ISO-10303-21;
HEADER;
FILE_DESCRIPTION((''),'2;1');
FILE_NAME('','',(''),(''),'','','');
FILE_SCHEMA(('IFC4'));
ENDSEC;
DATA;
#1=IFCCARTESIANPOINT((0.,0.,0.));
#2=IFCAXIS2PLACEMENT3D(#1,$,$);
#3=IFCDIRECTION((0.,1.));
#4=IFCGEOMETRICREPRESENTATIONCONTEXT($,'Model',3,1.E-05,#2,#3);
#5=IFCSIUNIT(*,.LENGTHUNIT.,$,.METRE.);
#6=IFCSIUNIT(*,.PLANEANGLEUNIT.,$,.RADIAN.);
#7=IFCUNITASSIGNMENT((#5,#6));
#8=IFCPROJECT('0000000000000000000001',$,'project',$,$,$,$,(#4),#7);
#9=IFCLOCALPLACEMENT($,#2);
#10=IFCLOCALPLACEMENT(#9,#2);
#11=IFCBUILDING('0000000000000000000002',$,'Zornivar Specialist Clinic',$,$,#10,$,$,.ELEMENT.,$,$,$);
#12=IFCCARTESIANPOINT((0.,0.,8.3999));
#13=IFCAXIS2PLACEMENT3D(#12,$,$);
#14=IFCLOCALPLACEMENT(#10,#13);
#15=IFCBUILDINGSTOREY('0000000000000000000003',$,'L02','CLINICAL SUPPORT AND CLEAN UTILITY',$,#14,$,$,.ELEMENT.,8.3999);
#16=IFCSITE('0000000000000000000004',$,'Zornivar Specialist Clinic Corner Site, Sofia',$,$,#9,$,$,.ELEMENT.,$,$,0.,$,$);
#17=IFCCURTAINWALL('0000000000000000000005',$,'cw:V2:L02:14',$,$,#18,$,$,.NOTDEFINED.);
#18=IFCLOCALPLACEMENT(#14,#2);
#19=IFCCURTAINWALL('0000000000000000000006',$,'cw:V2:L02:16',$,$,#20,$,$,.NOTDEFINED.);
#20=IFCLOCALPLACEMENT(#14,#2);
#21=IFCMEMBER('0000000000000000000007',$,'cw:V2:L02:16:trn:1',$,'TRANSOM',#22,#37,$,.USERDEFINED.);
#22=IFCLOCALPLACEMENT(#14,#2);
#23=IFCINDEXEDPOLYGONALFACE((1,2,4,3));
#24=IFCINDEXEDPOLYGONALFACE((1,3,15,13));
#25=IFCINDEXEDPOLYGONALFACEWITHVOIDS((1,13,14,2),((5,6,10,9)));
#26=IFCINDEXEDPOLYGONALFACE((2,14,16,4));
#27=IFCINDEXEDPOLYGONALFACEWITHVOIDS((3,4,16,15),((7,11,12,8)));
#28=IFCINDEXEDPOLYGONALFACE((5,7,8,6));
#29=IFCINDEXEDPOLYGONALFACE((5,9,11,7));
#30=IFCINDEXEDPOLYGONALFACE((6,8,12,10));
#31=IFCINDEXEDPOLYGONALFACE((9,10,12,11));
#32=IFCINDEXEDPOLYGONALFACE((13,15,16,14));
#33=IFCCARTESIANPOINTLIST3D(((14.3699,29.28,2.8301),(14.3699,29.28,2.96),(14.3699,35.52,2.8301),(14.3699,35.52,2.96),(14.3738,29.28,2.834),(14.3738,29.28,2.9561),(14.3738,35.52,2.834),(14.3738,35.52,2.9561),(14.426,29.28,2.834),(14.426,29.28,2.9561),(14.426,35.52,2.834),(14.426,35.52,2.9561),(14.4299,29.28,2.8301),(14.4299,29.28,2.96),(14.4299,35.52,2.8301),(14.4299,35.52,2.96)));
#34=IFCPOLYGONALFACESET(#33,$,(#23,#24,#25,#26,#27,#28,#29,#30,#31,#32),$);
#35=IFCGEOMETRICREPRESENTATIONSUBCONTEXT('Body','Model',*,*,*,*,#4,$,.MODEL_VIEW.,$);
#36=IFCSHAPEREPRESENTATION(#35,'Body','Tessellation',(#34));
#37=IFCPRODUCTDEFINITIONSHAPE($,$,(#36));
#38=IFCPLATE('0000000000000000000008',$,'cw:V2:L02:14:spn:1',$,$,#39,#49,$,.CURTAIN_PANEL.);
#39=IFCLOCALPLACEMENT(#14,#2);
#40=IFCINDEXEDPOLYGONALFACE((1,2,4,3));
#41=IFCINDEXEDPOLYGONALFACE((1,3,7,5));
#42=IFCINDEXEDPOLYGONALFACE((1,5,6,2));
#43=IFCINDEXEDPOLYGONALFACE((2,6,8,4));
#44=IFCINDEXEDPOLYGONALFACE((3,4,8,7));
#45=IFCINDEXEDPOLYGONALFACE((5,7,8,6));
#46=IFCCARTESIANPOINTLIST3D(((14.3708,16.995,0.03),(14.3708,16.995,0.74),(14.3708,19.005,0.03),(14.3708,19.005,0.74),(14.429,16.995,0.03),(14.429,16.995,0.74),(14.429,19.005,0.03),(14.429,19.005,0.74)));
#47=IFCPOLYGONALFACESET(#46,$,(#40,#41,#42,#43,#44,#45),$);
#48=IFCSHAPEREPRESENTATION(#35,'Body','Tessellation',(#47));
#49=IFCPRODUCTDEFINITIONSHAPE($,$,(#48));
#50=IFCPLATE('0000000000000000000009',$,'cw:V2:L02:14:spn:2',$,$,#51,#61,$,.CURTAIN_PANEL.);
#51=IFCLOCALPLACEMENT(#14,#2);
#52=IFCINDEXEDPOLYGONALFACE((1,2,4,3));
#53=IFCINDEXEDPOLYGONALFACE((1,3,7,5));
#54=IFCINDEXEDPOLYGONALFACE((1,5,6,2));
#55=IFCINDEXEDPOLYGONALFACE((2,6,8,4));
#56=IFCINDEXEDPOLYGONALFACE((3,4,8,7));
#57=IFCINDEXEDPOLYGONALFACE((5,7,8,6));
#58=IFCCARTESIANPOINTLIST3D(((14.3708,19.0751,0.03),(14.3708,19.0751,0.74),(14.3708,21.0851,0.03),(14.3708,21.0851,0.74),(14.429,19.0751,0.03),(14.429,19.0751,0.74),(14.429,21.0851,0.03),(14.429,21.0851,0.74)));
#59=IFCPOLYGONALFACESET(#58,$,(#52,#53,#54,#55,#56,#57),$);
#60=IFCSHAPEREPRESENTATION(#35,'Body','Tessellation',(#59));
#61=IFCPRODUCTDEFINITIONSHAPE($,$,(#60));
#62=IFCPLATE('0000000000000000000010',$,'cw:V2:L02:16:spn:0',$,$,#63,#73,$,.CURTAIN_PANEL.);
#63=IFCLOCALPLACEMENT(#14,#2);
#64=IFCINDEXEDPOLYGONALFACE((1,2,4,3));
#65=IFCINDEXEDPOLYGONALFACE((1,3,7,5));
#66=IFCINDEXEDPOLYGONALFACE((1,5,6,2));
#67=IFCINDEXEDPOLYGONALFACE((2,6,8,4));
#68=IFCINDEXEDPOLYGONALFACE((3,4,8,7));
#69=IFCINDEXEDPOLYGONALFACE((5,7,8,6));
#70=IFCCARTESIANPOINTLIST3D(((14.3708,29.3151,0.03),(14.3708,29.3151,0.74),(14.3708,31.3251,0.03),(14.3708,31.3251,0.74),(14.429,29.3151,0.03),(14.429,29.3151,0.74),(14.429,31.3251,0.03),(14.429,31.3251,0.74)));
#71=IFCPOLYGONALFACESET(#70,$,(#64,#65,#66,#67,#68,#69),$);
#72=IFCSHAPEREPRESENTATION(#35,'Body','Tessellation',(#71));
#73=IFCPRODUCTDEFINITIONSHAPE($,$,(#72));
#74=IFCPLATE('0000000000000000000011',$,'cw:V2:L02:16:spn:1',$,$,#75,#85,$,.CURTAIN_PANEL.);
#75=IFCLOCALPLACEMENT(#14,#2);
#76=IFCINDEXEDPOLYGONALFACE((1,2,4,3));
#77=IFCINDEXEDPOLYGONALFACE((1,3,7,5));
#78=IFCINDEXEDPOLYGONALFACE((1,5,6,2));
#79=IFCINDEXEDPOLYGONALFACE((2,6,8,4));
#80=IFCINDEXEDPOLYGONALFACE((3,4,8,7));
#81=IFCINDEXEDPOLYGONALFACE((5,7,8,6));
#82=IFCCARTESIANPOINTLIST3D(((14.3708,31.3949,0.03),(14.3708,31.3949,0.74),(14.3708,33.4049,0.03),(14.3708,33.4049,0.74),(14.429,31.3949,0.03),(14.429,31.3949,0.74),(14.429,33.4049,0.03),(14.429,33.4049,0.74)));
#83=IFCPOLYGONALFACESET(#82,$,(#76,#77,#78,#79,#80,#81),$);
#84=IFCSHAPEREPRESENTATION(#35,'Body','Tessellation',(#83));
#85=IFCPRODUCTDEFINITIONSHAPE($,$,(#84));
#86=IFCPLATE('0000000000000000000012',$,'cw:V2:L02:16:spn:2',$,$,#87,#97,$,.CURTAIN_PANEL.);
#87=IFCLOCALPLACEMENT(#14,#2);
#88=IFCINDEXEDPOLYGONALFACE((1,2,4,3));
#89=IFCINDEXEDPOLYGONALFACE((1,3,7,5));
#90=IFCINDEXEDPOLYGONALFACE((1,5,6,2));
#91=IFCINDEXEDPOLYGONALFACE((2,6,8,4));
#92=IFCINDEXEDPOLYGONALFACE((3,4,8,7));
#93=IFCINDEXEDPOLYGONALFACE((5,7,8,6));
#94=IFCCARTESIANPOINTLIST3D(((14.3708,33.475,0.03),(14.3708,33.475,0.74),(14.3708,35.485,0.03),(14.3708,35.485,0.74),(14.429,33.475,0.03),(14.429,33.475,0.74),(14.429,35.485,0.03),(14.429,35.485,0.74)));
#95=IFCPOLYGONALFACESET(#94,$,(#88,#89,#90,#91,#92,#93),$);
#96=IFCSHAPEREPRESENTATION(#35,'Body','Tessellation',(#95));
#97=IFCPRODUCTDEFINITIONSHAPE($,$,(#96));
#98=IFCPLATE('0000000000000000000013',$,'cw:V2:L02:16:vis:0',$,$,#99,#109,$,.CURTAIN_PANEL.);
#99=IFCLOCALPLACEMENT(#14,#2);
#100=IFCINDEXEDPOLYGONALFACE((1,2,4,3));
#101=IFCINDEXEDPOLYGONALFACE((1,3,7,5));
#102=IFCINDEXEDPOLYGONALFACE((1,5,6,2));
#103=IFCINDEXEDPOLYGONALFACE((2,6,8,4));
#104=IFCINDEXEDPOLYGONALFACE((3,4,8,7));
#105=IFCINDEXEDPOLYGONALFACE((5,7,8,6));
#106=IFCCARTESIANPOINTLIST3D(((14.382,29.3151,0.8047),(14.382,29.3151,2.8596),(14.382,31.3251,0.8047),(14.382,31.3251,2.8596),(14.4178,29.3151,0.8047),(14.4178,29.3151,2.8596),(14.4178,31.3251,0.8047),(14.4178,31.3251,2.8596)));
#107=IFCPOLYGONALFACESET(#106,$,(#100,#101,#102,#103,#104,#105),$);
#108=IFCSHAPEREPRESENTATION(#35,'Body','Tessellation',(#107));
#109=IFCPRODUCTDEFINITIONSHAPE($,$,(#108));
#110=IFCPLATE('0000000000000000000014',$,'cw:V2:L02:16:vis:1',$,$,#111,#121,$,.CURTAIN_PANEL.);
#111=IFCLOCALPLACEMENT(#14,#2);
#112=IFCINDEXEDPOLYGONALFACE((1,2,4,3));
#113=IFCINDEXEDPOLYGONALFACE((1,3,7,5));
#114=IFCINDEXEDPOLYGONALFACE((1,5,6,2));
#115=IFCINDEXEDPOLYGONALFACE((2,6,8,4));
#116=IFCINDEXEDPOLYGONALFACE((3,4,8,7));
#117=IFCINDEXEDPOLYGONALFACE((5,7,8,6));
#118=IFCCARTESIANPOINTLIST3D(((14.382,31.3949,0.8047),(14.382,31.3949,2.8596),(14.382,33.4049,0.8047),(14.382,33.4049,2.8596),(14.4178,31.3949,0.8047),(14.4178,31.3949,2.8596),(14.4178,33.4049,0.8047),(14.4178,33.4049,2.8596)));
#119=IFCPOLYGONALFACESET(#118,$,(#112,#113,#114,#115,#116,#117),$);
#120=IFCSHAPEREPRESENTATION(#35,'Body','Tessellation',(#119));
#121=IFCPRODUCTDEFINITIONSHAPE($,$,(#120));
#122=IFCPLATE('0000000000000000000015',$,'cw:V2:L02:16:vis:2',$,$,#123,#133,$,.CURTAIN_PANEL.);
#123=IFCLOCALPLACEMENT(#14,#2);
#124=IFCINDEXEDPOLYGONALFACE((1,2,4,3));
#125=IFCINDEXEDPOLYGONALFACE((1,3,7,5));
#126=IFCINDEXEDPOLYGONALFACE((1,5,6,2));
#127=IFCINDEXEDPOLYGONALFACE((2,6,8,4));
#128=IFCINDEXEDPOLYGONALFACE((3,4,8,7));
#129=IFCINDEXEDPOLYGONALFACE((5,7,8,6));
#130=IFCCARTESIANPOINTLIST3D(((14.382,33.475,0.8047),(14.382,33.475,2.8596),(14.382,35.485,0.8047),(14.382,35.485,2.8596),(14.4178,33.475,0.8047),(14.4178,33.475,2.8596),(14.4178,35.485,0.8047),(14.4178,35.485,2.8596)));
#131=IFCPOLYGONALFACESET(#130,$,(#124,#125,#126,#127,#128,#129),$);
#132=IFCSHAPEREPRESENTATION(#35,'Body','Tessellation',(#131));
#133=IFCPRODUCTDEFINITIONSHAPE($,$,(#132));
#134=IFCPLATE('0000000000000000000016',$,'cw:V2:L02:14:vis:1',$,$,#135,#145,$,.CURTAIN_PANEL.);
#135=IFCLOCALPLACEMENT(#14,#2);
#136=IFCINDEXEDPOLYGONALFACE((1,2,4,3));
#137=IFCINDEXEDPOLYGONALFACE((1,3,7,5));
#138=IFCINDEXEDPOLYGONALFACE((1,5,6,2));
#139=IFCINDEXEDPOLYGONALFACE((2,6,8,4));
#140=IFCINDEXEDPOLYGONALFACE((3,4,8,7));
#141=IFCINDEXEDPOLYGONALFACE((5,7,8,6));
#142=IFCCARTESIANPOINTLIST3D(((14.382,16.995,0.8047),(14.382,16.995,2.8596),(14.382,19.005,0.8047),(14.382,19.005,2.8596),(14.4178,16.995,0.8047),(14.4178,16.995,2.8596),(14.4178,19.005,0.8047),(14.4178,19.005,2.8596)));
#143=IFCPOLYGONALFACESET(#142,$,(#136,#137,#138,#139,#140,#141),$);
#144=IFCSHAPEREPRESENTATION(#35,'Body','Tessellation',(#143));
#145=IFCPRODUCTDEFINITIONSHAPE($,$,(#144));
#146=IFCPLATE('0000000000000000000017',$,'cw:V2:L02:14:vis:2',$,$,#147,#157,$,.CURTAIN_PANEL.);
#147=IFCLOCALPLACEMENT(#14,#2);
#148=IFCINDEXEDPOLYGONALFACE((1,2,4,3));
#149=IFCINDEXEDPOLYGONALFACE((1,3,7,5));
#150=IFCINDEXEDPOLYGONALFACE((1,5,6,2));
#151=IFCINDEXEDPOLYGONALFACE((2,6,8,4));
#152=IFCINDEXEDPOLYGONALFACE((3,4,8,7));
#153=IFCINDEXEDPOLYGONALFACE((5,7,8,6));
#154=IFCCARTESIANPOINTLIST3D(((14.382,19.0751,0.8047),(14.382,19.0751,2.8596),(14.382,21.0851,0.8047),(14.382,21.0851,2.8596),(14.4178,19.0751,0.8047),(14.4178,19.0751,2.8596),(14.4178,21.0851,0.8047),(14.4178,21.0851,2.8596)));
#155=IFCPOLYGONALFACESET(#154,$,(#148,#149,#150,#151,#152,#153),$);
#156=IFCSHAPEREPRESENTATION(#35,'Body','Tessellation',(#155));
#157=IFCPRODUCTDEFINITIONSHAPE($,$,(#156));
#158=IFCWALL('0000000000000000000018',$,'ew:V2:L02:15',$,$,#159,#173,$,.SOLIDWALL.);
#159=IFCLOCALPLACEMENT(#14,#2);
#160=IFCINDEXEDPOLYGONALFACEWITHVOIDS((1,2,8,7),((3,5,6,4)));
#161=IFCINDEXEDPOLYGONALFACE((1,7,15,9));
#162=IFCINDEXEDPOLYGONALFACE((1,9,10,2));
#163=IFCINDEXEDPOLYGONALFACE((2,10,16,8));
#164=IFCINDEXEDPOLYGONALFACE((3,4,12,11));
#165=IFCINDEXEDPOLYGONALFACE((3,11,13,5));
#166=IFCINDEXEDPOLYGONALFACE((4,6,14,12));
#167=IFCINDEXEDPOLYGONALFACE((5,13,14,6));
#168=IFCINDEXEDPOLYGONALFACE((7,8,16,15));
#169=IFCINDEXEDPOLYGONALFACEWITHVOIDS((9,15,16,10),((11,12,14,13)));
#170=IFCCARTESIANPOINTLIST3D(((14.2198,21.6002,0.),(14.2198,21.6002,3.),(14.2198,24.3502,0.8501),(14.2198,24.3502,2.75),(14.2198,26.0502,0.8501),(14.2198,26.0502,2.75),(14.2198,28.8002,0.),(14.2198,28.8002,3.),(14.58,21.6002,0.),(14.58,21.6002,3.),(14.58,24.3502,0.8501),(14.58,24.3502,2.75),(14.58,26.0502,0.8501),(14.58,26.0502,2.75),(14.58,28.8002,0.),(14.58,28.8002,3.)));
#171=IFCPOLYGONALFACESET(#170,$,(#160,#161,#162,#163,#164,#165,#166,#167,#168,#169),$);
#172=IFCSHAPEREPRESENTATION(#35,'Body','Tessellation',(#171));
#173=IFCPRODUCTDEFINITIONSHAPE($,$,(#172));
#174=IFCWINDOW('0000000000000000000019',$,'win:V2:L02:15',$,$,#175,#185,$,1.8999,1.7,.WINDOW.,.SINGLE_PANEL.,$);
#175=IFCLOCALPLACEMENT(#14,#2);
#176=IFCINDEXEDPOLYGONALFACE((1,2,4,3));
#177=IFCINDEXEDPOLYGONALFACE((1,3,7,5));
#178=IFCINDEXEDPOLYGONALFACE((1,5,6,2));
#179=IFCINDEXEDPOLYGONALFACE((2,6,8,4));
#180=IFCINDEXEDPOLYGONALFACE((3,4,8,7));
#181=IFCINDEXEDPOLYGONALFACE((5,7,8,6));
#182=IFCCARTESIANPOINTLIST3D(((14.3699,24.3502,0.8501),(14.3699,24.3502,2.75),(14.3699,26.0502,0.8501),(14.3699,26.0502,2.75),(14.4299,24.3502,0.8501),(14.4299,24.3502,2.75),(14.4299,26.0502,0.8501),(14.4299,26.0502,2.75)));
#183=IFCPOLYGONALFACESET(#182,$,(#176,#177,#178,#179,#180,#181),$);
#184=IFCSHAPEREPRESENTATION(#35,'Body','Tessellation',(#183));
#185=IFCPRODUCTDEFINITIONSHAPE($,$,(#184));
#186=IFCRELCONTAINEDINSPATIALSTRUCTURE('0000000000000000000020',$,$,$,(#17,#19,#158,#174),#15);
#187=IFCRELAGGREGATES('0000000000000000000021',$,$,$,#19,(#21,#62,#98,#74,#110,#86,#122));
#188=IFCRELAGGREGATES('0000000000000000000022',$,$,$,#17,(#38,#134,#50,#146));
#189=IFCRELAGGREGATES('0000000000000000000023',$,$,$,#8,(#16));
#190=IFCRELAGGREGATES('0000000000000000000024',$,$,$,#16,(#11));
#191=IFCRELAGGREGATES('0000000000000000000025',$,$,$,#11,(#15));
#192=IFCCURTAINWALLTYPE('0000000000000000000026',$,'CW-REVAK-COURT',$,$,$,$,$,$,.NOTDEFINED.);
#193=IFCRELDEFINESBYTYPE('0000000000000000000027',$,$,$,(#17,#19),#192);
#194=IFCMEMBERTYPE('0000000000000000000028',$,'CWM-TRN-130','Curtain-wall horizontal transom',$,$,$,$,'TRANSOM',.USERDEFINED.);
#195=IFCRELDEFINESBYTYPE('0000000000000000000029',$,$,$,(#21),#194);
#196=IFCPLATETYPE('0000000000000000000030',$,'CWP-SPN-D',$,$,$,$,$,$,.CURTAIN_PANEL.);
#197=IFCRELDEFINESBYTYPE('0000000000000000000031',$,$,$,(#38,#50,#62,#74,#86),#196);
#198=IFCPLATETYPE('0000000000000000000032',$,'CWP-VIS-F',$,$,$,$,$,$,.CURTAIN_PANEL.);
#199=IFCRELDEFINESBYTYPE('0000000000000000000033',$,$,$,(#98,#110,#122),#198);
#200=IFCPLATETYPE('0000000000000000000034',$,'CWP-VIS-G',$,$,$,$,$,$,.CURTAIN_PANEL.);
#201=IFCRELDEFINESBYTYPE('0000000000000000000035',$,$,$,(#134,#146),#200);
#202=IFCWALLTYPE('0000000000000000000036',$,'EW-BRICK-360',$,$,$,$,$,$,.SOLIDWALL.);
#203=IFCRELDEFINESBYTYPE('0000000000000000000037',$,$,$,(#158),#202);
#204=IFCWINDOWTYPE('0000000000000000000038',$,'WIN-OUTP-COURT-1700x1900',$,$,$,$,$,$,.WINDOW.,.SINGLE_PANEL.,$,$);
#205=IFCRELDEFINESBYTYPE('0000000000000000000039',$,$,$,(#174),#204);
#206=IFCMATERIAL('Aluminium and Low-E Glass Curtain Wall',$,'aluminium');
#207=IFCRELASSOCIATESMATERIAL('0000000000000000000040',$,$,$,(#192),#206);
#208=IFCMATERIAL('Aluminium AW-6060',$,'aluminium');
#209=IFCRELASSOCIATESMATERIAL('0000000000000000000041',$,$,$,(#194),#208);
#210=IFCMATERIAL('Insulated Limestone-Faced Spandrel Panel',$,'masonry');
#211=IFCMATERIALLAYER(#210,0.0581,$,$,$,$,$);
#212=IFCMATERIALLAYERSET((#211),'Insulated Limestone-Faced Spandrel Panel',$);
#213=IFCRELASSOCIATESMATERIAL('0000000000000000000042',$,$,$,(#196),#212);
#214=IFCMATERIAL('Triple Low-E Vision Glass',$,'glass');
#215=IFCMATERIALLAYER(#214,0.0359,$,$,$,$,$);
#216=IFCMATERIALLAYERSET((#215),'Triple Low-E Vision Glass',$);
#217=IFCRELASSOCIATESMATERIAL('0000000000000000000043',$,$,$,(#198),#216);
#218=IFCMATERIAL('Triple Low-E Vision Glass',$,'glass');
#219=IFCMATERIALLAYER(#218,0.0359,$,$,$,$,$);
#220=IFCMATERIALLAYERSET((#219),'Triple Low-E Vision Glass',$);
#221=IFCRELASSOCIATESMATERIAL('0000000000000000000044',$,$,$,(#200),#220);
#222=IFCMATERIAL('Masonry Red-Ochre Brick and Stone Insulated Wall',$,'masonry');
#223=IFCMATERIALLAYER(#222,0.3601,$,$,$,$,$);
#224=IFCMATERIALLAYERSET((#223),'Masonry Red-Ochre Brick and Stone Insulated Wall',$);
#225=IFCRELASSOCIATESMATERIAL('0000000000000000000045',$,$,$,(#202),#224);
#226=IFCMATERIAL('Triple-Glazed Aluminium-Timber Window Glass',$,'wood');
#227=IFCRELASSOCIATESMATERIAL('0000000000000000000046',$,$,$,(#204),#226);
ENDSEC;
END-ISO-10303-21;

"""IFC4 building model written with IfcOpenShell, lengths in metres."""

from ifc_helpers import new_model, si_unit, direction, frame, frame_2d, origin, origin_2d, place, context, subcontext, project, spatial, rectangle, hollow_rectangle, extrude, material, layer, layer_set, material_profile, profile_set, type_object, element, fill, aggregate, save


model = new_model("IFC4")

# Units and contexts
model_context = context("Model", 3, precision=1e-05, world=origin(), true_north=direction((0.0, 1.0)))
body_context = subcontext(model_context, "Body", "Model", "MODEL_VIEW")
ifc_project = project(units=[si_unit("LENGTHUNIT", "METRE"), si_unit("PLANEANGLEUNIT", "RADIAN")], contexts=[model_context])

# Site, building, storey
site_placement = place(None, origin())
site = spatial("IfcSite", under=ifc_project, at=site_placement, Name="Zornivar Specialist Clinic Corner Site, Sofia", CompositionType="ELEMENT", RefElevation=0.0)
building_placement = place(site_placement, origin())
building = spatial("IfcBuilding", under=site, at=building_placement, Name="Zornivar Specialist Clinic", CompositionType="ELEMENT")
storey_placement = place(building_placement, frame((0.0, 0.0, 8.3999)))
storey = spatial("IfcBuildingStorey", under=building, at=storey_placement, Name="L02", Description="CLINICAL SUPPORT AND CLEAN UTILITY", CompositionType="ELEMENT", Elevation=8.3999)

# Curtain walls, member
ifc_material_1 = material(Name="Aluminium and Low-E Glass Curtain Wall", Category="aluminium")
curtain_wall_type = type_object("IfcCurtainWallType", Name="CW-REVAK-COURT", PredefinedType="NOTDEFINED", material=ifc_material_1)
curtain_wall_1_placement = place(storey_placement, origin())
curtain_wall_1 = element("IfcCurtainWall", 1, at=curtain_wall_1_placement, inside=storey, type_object=curtain_wall_type, Name="cw:V2:L02:14", PredefinedType="NOTDEFINED")
curtain_wall_2_placement = place(storey_placement, origin())
curtain_wall_2 = element("IfcCurtainWall", 2, at=curtain_wall_2_placement, inside=storey, type_object=curtain_wall_type, Name="cw:V2:L02:16", PredefinedType="NOTDEFINED")
ifc_material_2 = material(Name="Aluminium AW-6060", Category="aluminium")
ifc_material_profile_1 = material_profile(ifc_material_2, hollow_rectangle(XDim=0.0601, YDim=0.1299, WallThickness=0.0039, at=origin_2d()), Name="ALU 60x130x4")
ifc_profile_set_1 = profile_set([ifc_material_profile_1], Name="Aluminium AW-6060")
member_type_1 = type_object("IfcMemberType", Name="CWM-TRN-130", Description="Curtain-wall horizontal transom", ElementType="TRANSOM", PredefinedType="USERDEFINED", material=ifc_profile_set_1)
member_1_placement = place(storey_placement, frame((14.3999, 29.28, 2.895), z_axis=(0.0, 1.0, 0.0), x_axis=(-1.0, 0.0, 0.0)))
member_1 = element("IfcMember", 3, at=member_1_placement, type_object=member_type_1, Name="cw:V2:L02:16:trn:1", ObjectType="TRANSOM", PredefinedType="USERDEFINED", context=body_context, shape_type="SweptSolid", body=[
    extrude(hollow_rectangle(XDim=0.0601, YDim=0.1299, WallThickness=0.0039, at=origin_2d()), origin(), (0.0, 0.0, 1.0), 6.24),
])

# Plates
ifc_material_3 = material(Name="Insulated Limestone-Faced Spandrel Panel", Category="masonry")
ifc_layer_1 = layer(ifc_material_3, 0.0581)
ifc_layer_set_1 = layer_set([ifc_layer_1], Name="Insulated Limestone-Faced Spandrel Panel")
plate_type_1 = type_object("IfcPlateType", Name="CWP-SPN-D", PredefinedType="CURTAIN_PANEL", material=ifc_layer_set_1)
plate_1_placement = place(storey_placement, frame((14.3999, 18.0, 0.03), z_axis=(0.0, 0.0, 1.0), x_axis=(0.0, 1.0, 0.0)))
plate_1 = element("IfcPlate", 4, at=plate_1_placement, type_object=plate_type_1, Name="cw:V2:L02:14:spn:1", PredefinedType="CURTAIN_PANEL", context=body_context, shape_type="SweptSolid", body=[
    extrude(rectangle(XDim=2.01, YDim=0.0581, at=origin_2d()), origin(), (0.0, 0.0, 1.0), 0.71),
])
plate_2_placement = place(storey_placement, frame((14.3999, 20.0801, 0.03), z_axis=(0.0, 0.0, 1.0), x_axis=(0.0, 1.0, 0.0)))
plate_2 = element("IfcPlate", 5, at=plate_2_placement, type_object=plate_type_1, Name="cw:V2:L02:14:spn:2", PredefinedType="CURTAIN_PANEL", context=body_context, shape_type="SweptSolid", body=[
    extrude(rectangle(XDim=2.01, YDim=0.0581, at=origin_2d()), origin(), (0.0, 0.0, 1.0), 0.71),
])
plate_3_placement = place(storey_placement, frame((14.3999, 30.3201, 0.03), z_axis=(0.0, 0.0, 1.0), x_axis=(0.0, 1.0, 0.0)))
plate_3 = element("IfcPlate", 6, at=plate_3_placement, type_object=plate_type_1, Name="cw:V2:L02:16:spn:0", PredefinedType="CURTAIN_PANEL", context=body_context, shape_type="SweptSolid", body=[
    extrude(rectangle(XDim=2.01, YDim=0.0581, at=origin_2d()), origin(), (0.0, 0.0, 1.0), 0.71),
])
plate_4_placement = place(storey_placement, frame((14.3999, 32.3999, 0.03), z_axis=(0.0, 0.0, 1.0), x_axis=(0.0, 1.0, 0.0)))
plate_4 = element("IfcPlate", 7, at=plate_4_placement, type_object=plate_type_1, Name="cw:V2:L02:16:spn:1", PredefinedType="CURTAIN_PANEL", context=body_context, shape_type="SweptSolid", body=[
    extrude(rectangle(XDim=2.01, YDim=0.0581, at=origin_2d()), origin(), (0.0, 0.0, 1.0), 0.71),
])
plate_5_placement = place(storey_placement, frame((14.3999, 34.48, 0.03), z_axis=(0.0, 0.0, 1.0), x_axis=(0.0, 1.0, 0.0)))
plate_5 = element("IfcPlate", 8, at=plate_5_placement, type_object=plate_type_1, Name="cw:V2:L02:16:spn:2", PredefinedType="CURTAIN_PANEL", context=body_context, shape_type="SweptSolid", body=[
    extrude(rectangle(XDim=2.01, YDim=0.0581, at=origin_2d()), origin(), (0.0, 0.0, 1.0), 0.71),
])
ifc_material_4 = material(Name="Triple Low-E Vision Glass", Category="glass")
ifc_layer_2 = layer(ifc_material_4, 0.0359)
ifc_layer_set_2 = layer_set([ifc_layer_2], Name="Triple Low-E Vision Glass")
plate_type_2 = type_object("IfcPlateType", Name="CWP-VIS-F", PredefinedType="CURTAIN_PANEL", material=ifc_layer_set_2)
plate_6_placement = place(storey_placement, frame((14.3999, 30.3201, 0.8047), z_axis=(0.0, 0.0, 1.0), x_axis=(0.0, 1.0, 0.0)))
plate_6 = element("IfcPlate", 9, at=plate_6_placement, type_object=plate_type_2, Name="cw:V2:L02:16:vis:0", PredefinedType="CURTAIN_PANEL", context=body_context, shape_type="SweptSolid", body=[
    extrude(rectangle(XDim=2.01, YDim=0.0359, at=origin_2d()), origin(), (0.0, 0.0, 1.0), 2.0549),
])
plate_7_placement = place(storey_placement, frame((14.3999, 32.3999, 0.8047), z_axis=(0.0, 0.0, 1.0), x_axis=(0.0, 1.0, 0.0)))
plate_7 = element("IfcPlate", 10, at=plate_7_placement, type_object=plate_type_2, Name="cw:V2:L02:16:vis:1", PredefinedType="CURTAIN_PANEL", context=body_context, shape_type="SweptSolid", body=[
    extrude(rectangle(XDim=2.01, YDim=0.0359, at=origin_2d()), origin(), (0.0, 0.0, 1.0), 2.0549),
])
plate_8_placement = place(storey_placement, frame((14.3999, 34.48, 0.8047), z_axis=(0.0, 0.0, 1.0), x_axis=(0.0, 1.0, 0.0)))
plate_8 = element("IfcPlate", 11, at=plate_8_placement, type_object=plate_type_2, Name="cw:V2:L02:16:vis:2", PredefinedType="CURTAIN_PANEL", context=body_context, shape_type="SweptSolid", body=[
    extrude(rectangle(XDim=2.01, YDim=0.0359, at=origin_2d()), origin(), (0.0, 0.0, 1.0), 2.0549),
])
aggregate(curtain_wall_2, [member_1, plate_3, plate_6, plate_4, plate_7, plate_5, plate_8])
ifc_material_5 = material(Name="Triple Low-E Vision Glass", Category="glass")
ifc_layer_3 = layer(ifc_material_5, 0.0359)
ifc_layer_set_3 = layer_set([ifc_layer_3], Name="Triple Low-E Vision Glass")
plate_type_3 = type_object("IfcPlateType", Name="CWP-VIS-G", PredefinedType="CURTAIN_PANEL", material=ifc_layer_set_3)
plate_9_placement = place(storey_placement, frame((14.3999, 18.0, 0.8047), z_axis=(0.0, 0.0, 1.0), x_axis=(0.0, 1.0, 0.0)))
plate_9 = element("IfcPlate", 12, at=plate_9_placement, type_object=plate_type_3, Name="cw:V2:L02:14:vis:1", PredefinedType="CURTAIN_PANEL", context=body_context, shape_type="SweptSolid", body=[
    extrude(rectangle(XDim=2.01, YDim=0.0359, at=origin_2d()), origin(), (0.0, 0.0, 1.0), 2.0549),
])
plate_10_placement = place(storey_placement, frame((14.3999, 20.0801, 0.8047), z_axis=(0.0, 0.0, 1.0), x_axis=(0.0, 1.0, 0.0)))
plate_10 = element("IfcPlate", 13, at=plate_10_placement, type_object=plate_type_3, Name="cw:V2:L02:14:vis:2", PredefinedType="CURTAIN_PANEL", context=body_context, shape_type="SweptSolid", body=[
    extrude(rectangle(XDim=2.01, YDim=0.0359, at=origin_2d()), origin(), (0.0, 0.0, 1.0), 2.0549),
])
aggregate(curtain_wall_1, [plate_1, plate_9, plate_2, plate_10])

# Wall, opening, window
ifc_material_6 = material(Name="Masonry Red-Ochre Brick and Stone Insulated Wall", Category="masonry")
ifc_layer_4 = layer(ifc_material_6, 0.3601)
ifc_layer_set_4 = layer_set([ifc_layer_4], Name="Masonry Red-Ochre Brick and Stone Insulated Wall")
wall_type = type_object("IfcWallType", Name="EW-BRICK-360", PredefinedType="SOLIDWALL", material=ifc_layer_set_4)
wall_1_placement = place(storey_placement, frame((14.3999, 21.6001, 0.0), z_axis=(0.0, 0.0, 1.0), x_axis=(0.0, 1.0, 0.0)))
wall_1 = element("IfcWall", 14, at=wall_1_placement, inside=storey, type_object=wall_type, Name="ew:V2:L02:15", PredefinedType="SOLIDWALL", context=body_context, shape_type="SweptSolid", body=[
    extrude(rectangle(XDim=7.2, YDim=0.3601, at=frame_2d((3.6001, 0.0))), origin(), (0.0, 0.0, 1.0), 3.0),
])
opening_1_placement = place(wall_1_placement, frame((2.75, 0.0, 0.8501)))
opening_1 = element("IfcOpeningElement", 15, at=opening_1_placement, cuts=wall_1, PredefinedType="OPENING", context=body_context, shape_type="SweptSolid", body=[
    extrude(rectangle(XDim=1.7, YDim=1.8999, at=frame_2d((0.8501, 0.95))), frame((0.0, 0.1899, 0.0), z_axis=(0.0, -1.0, 0.0), x_axis=(1.0, 0.0, 0.0)), (0.0, 0.0, 1.0), 0.3801),
])
ifc_material_7 = material(Name="Triple-Glazed Aluminium-Timber Window Glass", Category="wood")
window_type = type_object("IfcWindowType", Name="WIN-OUTP-COURT-1700x1900", PartitioningType="SINGLE_PANEL", PredefinedType="WINDOW", material=ifc_material_7)
window_1_placement = place(opening_1_placement, origin())
window_1 = element("IfcWindow", 16, at=window_1_placement, inside=storey, type_object=window_type, Name="win:V2:L02:15", OverallHeight=1.8999, OverallWidth=1.7, PartitioningType="SINGLE_PANEL", PredefinedType="WINDOW", context=body_context, shape_type="SweptSolid", body=[
    extrude(rectangle(XDim=1.7, YDim=1.8999, at=frame_2d((0.8501, 0.95))), frame((0.0, 0.03, 0.0), z_axis=(0.0, -1.0, 0.0), x_axis=(1.0, 0.0, 0.0)), (0.0, 0.0, 1.0), 0.0601),
])
fill(opening_1, window_1)

save(model, "model.ifc")
